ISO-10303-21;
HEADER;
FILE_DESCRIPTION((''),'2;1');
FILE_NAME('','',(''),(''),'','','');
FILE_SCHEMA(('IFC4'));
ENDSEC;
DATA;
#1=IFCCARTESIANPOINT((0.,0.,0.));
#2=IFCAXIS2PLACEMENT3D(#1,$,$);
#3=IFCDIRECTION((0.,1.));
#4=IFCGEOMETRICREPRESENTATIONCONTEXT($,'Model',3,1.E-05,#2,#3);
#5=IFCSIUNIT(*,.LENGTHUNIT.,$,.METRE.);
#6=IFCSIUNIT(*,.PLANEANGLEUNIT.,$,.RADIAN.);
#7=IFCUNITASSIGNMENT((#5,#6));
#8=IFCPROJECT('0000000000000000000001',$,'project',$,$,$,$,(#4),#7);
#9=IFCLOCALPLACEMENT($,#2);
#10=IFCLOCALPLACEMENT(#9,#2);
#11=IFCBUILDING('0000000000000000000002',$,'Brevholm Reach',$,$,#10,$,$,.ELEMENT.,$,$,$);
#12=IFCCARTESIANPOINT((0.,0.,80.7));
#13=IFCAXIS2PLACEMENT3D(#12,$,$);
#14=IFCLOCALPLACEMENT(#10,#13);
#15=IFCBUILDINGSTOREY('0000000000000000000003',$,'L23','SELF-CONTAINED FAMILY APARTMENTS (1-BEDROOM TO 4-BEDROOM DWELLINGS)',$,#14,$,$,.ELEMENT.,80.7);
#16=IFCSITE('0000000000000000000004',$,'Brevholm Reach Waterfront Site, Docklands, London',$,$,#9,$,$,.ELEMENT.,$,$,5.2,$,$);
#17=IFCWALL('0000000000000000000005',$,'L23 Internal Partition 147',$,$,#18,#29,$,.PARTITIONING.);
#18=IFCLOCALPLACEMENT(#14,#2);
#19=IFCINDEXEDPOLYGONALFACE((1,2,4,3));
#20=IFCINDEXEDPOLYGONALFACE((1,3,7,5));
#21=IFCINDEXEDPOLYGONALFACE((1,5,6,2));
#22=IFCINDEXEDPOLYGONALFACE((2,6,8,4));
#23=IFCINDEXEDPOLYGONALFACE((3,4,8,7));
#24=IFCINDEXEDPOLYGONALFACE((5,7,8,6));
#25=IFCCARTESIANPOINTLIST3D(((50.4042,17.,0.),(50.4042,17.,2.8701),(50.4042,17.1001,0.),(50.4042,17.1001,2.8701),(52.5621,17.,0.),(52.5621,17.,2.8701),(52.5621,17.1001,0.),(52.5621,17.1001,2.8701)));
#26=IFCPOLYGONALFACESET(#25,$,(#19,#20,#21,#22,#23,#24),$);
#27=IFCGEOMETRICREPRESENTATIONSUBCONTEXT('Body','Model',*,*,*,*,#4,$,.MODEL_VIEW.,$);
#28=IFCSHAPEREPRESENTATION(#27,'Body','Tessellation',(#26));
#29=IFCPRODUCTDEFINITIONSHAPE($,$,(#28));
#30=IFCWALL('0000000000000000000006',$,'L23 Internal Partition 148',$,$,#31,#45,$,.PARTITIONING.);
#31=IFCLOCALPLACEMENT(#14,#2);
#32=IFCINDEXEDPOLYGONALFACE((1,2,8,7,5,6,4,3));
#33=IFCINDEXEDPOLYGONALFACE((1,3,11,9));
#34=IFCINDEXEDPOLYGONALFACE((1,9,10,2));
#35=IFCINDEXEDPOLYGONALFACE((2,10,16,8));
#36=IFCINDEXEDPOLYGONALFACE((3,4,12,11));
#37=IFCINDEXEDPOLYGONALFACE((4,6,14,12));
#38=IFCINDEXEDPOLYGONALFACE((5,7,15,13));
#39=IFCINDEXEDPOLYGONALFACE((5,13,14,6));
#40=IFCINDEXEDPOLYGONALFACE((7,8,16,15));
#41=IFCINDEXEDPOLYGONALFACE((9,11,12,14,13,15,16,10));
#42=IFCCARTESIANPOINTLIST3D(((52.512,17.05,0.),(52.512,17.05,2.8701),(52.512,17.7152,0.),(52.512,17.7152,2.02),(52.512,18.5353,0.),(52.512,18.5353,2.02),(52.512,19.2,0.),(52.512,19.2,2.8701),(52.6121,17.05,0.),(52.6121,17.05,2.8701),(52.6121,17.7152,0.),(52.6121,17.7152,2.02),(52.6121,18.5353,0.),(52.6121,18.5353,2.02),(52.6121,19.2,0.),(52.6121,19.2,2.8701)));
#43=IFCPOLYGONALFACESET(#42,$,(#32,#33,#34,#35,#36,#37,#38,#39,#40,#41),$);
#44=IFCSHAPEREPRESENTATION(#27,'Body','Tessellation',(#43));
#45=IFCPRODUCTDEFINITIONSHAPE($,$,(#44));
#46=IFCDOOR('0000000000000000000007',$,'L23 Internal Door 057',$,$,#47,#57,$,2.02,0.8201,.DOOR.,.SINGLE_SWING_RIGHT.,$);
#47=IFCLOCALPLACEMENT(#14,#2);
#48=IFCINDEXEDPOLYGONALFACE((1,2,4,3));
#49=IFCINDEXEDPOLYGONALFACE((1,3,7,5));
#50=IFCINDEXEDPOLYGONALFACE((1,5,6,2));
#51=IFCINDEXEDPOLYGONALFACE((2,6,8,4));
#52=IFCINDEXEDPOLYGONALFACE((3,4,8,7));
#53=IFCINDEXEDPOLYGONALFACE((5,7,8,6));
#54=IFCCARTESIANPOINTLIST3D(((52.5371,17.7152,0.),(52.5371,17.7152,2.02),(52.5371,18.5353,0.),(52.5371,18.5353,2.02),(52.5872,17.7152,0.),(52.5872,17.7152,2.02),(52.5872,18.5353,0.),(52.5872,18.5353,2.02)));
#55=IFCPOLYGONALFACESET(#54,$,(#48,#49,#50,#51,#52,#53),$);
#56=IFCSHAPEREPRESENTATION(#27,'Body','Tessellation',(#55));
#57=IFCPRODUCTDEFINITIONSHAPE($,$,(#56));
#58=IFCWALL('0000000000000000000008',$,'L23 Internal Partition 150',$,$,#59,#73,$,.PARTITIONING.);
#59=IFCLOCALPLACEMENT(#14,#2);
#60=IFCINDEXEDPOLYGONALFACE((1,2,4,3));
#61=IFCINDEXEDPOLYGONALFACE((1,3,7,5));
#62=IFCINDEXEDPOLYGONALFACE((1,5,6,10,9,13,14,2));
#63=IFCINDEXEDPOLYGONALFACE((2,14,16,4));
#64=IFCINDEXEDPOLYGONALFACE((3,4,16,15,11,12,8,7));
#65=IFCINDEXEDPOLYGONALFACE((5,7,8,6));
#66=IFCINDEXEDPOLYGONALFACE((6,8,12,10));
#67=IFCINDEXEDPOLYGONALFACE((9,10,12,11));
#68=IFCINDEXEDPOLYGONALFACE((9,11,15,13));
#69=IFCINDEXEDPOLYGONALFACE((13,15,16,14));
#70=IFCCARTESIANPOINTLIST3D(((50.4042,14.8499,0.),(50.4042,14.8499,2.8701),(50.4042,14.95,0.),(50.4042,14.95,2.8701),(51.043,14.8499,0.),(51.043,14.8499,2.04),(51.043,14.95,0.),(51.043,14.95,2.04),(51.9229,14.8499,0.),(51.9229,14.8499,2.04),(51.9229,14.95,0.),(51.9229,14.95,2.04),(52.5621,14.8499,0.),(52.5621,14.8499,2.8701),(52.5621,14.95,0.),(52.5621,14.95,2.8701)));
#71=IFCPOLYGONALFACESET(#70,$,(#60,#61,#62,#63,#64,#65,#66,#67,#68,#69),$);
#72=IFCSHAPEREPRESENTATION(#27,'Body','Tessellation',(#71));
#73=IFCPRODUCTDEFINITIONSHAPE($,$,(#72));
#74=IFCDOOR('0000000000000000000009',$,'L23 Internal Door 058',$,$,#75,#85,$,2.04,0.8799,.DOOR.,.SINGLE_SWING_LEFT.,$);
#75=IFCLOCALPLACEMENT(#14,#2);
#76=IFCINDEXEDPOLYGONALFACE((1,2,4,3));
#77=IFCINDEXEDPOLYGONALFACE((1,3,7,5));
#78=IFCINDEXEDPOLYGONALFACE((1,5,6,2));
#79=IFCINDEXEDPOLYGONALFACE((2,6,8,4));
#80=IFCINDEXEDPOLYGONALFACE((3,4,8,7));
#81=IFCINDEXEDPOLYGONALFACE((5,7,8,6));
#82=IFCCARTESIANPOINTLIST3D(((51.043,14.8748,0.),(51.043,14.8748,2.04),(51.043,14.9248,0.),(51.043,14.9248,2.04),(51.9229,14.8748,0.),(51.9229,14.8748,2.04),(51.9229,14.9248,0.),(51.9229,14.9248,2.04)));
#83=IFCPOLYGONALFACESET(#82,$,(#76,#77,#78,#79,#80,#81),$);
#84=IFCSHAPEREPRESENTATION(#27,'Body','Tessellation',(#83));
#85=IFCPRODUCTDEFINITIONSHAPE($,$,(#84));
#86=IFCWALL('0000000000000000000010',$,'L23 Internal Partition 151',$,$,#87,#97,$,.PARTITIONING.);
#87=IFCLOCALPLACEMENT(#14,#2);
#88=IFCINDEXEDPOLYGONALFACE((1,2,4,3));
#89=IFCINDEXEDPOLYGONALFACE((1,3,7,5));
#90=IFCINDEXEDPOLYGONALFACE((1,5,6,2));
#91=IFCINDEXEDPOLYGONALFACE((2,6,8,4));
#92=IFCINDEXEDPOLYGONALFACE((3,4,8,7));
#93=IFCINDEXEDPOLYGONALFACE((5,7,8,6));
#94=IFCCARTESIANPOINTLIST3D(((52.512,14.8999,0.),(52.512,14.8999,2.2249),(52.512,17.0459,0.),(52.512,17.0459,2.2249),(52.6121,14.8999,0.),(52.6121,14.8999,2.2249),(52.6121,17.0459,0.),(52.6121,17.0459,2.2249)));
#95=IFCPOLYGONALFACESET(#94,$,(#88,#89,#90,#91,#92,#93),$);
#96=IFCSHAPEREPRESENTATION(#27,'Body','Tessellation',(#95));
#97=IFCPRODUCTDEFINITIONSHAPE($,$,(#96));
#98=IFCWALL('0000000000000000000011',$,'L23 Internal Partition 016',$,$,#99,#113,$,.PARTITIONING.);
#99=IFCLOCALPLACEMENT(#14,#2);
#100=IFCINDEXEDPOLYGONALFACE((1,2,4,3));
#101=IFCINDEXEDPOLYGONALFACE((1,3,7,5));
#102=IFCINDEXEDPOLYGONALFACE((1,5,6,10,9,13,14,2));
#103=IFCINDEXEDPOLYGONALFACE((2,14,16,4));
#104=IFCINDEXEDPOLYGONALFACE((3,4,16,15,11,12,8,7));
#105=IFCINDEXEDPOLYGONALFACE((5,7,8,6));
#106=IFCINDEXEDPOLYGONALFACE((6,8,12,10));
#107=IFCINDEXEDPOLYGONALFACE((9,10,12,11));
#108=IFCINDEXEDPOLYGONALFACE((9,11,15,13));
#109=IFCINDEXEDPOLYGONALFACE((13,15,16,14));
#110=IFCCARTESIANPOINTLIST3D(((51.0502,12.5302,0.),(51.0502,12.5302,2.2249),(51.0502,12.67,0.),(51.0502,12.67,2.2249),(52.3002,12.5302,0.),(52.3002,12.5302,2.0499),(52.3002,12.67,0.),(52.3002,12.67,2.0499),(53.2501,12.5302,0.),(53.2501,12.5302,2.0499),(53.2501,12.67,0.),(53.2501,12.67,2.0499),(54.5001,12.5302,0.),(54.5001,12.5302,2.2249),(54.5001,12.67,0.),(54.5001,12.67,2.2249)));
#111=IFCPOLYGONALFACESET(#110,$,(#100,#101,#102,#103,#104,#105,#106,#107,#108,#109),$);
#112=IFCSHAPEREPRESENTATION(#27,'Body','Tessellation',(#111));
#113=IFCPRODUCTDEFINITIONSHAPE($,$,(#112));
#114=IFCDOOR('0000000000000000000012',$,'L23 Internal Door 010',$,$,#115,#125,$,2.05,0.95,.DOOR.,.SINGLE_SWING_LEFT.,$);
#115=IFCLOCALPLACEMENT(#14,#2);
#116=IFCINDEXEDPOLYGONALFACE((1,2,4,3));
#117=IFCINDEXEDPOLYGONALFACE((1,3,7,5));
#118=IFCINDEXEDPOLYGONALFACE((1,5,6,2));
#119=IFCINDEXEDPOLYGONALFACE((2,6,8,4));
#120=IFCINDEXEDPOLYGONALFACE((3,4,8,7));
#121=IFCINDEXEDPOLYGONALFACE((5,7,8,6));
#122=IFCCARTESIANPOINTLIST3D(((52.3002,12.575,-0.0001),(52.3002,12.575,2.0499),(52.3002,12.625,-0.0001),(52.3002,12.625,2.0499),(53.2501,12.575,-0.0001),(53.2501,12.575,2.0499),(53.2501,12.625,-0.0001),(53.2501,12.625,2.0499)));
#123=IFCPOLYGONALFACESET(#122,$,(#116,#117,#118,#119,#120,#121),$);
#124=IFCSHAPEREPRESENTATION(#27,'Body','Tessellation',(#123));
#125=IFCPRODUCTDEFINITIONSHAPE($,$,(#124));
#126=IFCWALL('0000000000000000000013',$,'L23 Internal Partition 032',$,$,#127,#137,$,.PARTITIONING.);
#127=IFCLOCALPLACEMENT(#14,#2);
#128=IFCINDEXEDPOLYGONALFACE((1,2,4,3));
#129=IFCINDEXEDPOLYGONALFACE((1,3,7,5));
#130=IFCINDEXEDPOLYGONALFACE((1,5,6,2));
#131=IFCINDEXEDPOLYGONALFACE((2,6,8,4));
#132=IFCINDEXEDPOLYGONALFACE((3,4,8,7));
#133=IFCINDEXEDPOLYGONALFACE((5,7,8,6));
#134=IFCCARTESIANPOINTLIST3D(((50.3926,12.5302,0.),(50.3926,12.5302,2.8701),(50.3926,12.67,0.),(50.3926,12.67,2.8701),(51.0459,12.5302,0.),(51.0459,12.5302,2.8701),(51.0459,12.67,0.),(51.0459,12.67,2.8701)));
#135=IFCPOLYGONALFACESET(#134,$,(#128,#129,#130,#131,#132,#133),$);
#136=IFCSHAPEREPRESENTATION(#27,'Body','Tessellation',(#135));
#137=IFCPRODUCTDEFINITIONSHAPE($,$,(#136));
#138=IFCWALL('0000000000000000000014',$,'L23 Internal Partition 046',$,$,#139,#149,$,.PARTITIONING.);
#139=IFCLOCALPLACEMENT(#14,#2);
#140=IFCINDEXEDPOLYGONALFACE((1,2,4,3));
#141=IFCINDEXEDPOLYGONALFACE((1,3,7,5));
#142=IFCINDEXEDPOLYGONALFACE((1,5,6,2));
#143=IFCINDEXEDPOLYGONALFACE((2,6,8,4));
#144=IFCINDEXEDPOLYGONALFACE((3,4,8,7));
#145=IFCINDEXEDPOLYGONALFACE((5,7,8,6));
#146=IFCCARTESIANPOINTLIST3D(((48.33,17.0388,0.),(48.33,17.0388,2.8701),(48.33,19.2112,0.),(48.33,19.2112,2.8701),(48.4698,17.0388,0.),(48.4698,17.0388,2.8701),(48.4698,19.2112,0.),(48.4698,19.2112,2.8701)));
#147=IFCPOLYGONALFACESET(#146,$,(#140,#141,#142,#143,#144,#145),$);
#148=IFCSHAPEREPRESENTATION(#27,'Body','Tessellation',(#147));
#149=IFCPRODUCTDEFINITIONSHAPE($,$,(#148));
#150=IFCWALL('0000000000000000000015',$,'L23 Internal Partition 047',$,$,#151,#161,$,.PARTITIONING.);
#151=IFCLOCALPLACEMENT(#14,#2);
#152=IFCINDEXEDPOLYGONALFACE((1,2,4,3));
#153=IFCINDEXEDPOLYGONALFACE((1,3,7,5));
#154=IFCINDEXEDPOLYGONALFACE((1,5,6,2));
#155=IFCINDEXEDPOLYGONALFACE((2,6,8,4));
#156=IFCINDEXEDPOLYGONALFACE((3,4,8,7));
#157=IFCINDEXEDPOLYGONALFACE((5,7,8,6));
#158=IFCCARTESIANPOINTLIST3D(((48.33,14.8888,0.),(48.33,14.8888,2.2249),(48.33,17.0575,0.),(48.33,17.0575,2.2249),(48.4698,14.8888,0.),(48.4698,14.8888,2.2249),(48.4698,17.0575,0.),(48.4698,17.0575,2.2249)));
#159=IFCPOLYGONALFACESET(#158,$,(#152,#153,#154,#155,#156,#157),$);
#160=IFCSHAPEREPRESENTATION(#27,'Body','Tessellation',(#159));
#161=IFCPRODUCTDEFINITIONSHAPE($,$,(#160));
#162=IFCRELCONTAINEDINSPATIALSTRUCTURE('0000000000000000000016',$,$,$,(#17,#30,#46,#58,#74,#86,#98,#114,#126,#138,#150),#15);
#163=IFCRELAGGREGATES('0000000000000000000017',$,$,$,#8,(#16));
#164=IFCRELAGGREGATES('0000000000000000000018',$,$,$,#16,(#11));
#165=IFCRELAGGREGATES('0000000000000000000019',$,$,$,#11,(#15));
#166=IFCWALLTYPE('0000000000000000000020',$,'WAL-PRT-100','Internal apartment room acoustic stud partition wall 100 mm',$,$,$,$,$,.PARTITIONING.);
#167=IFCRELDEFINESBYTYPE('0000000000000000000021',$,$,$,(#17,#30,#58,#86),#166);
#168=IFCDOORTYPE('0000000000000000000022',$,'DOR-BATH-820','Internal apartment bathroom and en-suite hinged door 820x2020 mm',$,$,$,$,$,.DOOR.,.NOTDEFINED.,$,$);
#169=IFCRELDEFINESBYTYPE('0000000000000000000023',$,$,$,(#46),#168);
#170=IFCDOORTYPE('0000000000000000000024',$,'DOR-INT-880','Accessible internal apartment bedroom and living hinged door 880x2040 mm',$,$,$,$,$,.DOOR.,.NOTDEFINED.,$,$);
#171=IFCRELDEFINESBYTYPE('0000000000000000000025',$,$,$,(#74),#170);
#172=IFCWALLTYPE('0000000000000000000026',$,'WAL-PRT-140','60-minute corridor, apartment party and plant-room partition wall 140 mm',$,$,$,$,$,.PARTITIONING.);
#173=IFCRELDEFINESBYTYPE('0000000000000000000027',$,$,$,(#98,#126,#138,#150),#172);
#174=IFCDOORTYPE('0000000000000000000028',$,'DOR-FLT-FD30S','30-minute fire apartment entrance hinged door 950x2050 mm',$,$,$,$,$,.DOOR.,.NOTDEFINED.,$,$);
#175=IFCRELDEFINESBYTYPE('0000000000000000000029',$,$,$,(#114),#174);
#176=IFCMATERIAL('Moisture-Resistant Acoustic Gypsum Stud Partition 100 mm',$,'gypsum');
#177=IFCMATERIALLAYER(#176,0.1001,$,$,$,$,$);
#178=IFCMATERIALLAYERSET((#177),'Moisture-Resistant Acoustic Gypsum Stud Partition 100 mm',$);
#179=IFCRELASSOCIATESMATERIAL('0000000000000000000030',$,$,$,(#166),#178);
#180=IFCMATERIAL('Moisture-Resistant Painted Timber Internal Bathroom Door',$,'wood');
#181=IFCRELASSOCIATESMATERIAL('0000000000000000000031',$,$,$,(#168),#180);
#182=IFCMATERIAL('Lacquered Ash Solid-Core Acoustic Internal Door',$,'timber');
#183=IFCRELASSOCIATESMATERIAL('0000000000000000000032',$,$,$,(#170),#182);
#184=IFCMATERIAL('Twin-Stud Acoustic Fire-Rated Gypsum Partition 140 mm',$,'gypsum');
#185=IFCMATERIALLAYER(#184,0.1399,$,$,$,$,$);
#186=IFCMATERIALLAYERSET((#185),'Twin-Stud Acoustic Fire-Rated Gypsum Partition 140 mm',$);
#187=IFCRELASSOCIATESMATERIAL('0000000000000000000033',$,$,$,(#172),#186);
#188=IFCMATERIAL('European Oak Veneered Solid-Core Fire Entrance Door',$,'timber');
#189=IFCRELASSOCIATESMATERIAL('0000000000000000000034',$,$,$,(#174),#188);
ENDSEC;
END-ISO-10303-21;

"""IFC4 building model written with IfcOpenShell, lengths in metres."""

from ifc_helpers import new_model, si_unit, direction, frame, frame_2d, origin, place, context, subcontext, project, spatial, rectangle, extrude, material, layer, layer_set, type_object, element, fill, save


model = new_model("IFC4")

# Units and contexts
model_context = context("Model", 3, precision=1e-05, world=origin(), true_north=direction((0.0, 1.0)))
body_context = subcontext(model_context, "Body", "Model", "MODEL_VIEW")
ifc_project = project(units=[si_unit("LENGTHUNIT", "METRE"), si_unit("PLANEANGLEUNIT", "RADIAN")], contexts=[model_context])

# Site, building, storey
site_placement = place(None, origin())
site = spatial("IfcSite", under=ifc_project, at=site_placement, Name="Brevholm Reach Waterfront Site, Docklands, London", CompositionType="ELEMENT", RefElevation=5.2)
building_placement = place(site_placement, origin())
building = spatial("IfcBuilding", under=site, at=building_placement, Name="Brevholm Reach", CompositionType="ELEMENT")
storey_placement = place(building_placement, frame((0.0, 0.0, 80.7)))
storey = spatial("IfcBuildingStorey", under=building, at=storey_placement, Name="L23", Description="SELF-CONTAINED FAMILY APARTMENTS (1-BEDROOM TO 4-BEDROOM DWELLINGS)", CompositionType="ELEMENT", Elevation=80.7)

# Wall
ifc_material_1 = material(Name="Moisture-Resistant Acoustic Gypsum Stud Partition 100 mm", Category="gypsum")
ifc_layer_1 = layer(ifc_material_1, 0.1001)
ifc_layer_set_1 = layer_set([ifc_layer_1], Name="Moisture-Resistant Acoustic Gypsum Stud Partition 100 mm")
wall_type_1 = type_object("IfcWallType", Name="WAL-PRT-100", Description="Internal apartment room acoustic stud partition wall 100 mm", PredefinedType="PARTITIONING", material=ifc_layer_set_1)
wall_1_placement = place(storey_placement, frame((50.4041, 17.05, 0.0), z_axis=(0.0, 0.0, 1.0), x_axis=(1.0, 0.0, 0.0)))
element("IfcWall", 1, at=wall_1_placement, inside=storey, type_object=wall_type_1, Name="L23 Internal Partition 147", PredefinedType="PARTITIONING", context=body_context, shape_type="SweptSolid", body=[
    extrude(rectangle(XDim=2.158, YDim=0.1001, at=frame_2d((1.0791, 0.0))), origin(), (0.0, 0.0, 1.0), 2.8701),
])

# Walls, openings, doors
wall_2_placement = place(storey_placement, frame((52.562, 17.05, 0.0), z_axis=(0.0, 0.0, 1.0), x_axis=(0.0, 1.0, 0.0)))
wall_2 = element("IfcWall", 2, at=wall_2_placement, inside=storey, type_object=wall_type_1, Name="L23 Internal Partition 148", PredefinedType="PARTITIONING", context=body_context, shape_type="SweptSolid", body=[
    extrude(rectangle(XDim=2.1499, YDim=0.1001, at=frame_2d((1.075, 0.0))), origin(), (0.0, 0.0, 1.0), 2.8701),
])
opening_1_placement = place(wall_2_placement, frame((0.665, 0.0, 0.0)))
opening_1 = element("IfcOpeningElement", 3, at=opening_1_placement, cuts=wall_2, PredefinedType="OPENING", context=body_context, shape_type="SweptSolid", body=[
    extrude(rectangle(XDim=0.8201, YDim=2.02, at=frame_2d((0.4102, 1.01))), frame((0.0, 0.0601, 0.0), z_axis=(0.0, -1.0, 0.0), x_axis=(1.0, 0.0, 0.0)), (0.0, 0.0, 1.0), 0.1201),
])
ifc_material_2 = material(Name="Moisture-Resistant Painted Timber Internal Bathroom Door", Category="wood")
door_type_1 = type_object("IfcDoorType", Name="DOR-BATH-820", Description="Internal apartment bathroom and en-suite hinged door 820x2020 mm", OperationType="NOTDEFINED", PredefinedType="DOOR", material=ifc_material_2)
door_1_placement = place(opening_1_placement, origin())
door_1 = element("IfcDoor", 4, at=door_1_placement, inside=storey, type_object=door_type_1, Name="L23 Internal Door 057", OperationType="SINGLE_SWING_RIGHT", OverallHeight=2.02, OverallWidth=0.8201, PredefinedType="DOOR", context=body_context, shape_type="SweptSolid", body=[
    extrude(rectangle(XDim=0.8201, YDim=2.02, at=frame_2d((0.4102, 1.01))), frame((0.0, 0.0249, 0.0), z_axis=(0.0, -1.0, 0.0), x_axis=(1.0, 0.0, 0.0)), (0.0, 0.0, 1.0), 0.05),
])
fill(opening_1, door_1)
wall_3_placement = place(storey_placement, frame((50.4041, 14.8999, 0.0), z_axis=(0.0, 0.0, 1.0), x_axis=(1.0, 0.0, 0.0)))
wall_3 = element("IfcWall", 5, at=wall_3_placement, inside=storey, type_object=wall_type_1, Name="L23 Internal Partition 150", PredefinedType="PARTITIONING", context=body_context, shape_type="SweptSolid", body=[
    extrude(rectangle(XDim=2.158, YDim=0.1001, at=frame_2d((1.0791, 0.0))), origin(), (0.0, 0.0, 1.0), 2.8701),
])
opening_2_placement = place(wall_3_placement, frame((0.6389, 0.0, 0.0)))
opening_2 = element("IfcOpeningElement", 6, at=opening_2_placement, cuts=wall_3, PredefinedType="OPENING", context=body_context, shape_type="SweptSolid", body=[
    extrude(rectangle(XDim=0.8799, YDim=2.04, at=frame_2d((0.4399, 1.02))), frame((0.0, 0.0601, 0.0), z_axis=(0.0, -1.0, 0.0), x_axis=(1.0, 0.0, 0.0)), (0.0, 0.0, 1.0), 0.1201),
])
ifc_material_3 = material(Name="Lacquered Ash Solid-Core Acoustic Internal Door", Category="timber")
door_type_2 = type_object("IfcDoorType", Name="DOR-INT-880", Description="Accessible internal apartment bedroom and living hinged door 880x2040 mm", OperationType="NOTDEFINED", PredefinedType="DOOR", material=ifc_material_3)
door_2_placement = place(opening_2_placement, origin())
door_2 = element("IfcDoor", 7, at=door_2_placement, inside=storey, type_object=door_type_2, Name="L23 Internal Door 058", OperationType="SINGLE_SWING_LEFT", OverallHeight=2.04, OverallWidth=0.8799, PredefinedType="DOOR", context=body_context, shape_type="SweptSolid", body=[
    extrude(rectangle(XDim=0.8799, YDim=2.04, at=frame_2d((0.4399, 1.02))), frame((0.0, 0.0249, 0.0), z_axis=(0.0, -1.0, 0.0), x_axis=(1.0, 0.0, 0.0)), (0.0, 0.0, 1.0), 0.05),
])
fill(opening_2, door_2)

# Wall
wall_4_placement = place(storey_placement, frame((52.562, 14.8999, 0.0), z_axis=(0.0, 0.0, 1.0), x_axis=(0.0, 1.0, 0.0)))
element("IfcWall", 8, at=wall_4_placement, inside=storey, type_object=wall_type_1, Name="L23 Internal Partition 151", PredefinedType="PARTITIONING", context=body_context, shape_type="SweptSolid", body=[
    extrude(rectangle(XDim=2.146, YDim=0.1001, at=frame_2d((1.073, 0.0))), origin(), (0.0, 0.0, 1.0), 2.2249),
])

# Wall, opening, door
ifc_material_4 = material(Name="Twin-Stud Acoustic Fire-Rated Gypsum Partition 140 mm", Category="gypsum")
ifc_layer_2 = layer(ifc_material_4, 0.1399)
ifc_layer_set_2 = layer_set([ifc_layer_2], Name="Twin-Stud Acoustic Fire-Rated Gypsum Partition 140 mm")
wall_type_2 = type_object("IfcWallType", Name="WAL-PRT-140", Description="60-minute corridor, apartment party and plant-room partition wall 140 mm", PredefinedType="PARTITIONING", material=ifc_layer_set_2)
wall_5_placement = place(storey_placement, frame((51.05, 12.6001, 0.0), z_axis=(0.0, 0.0, 1.0), x_axis=(1.0, 0.0, 0.0)))
wall_5 = element("IfcWall", 9, at=wall_5_placement, inside=storey, type_object=wall_type_2, Name="L23 Internal Partition 016", PredefinedType="PARTITIONING", context=body_context, shape_type="SweptSolid", body=[
    extrude(rectangle(XDim=3.45, YDim=0.1399, at=frame_2d((1.7251, 0.0))), origin(), (0.0, 0.0, 1.0), 2.2249),
])
opening_3_placement = place(wall_5_placement, frame((1.25, 0.0, 0.0)))
opening_3 = element("IfcOpeningElement", 10, at=opening_3_placement, cuts=wall_5, PredefinedType="OPENING", context=body_context, shape_type="SweptSolid", body=[
    extrude(rectangle(XDim=0.95, YDim=2.05, at=frame_2d((0.4751, 1.0249))), frame((0.0, 0.0798, 0.0), z_axis=(0.0, -1.0, 0.0), x_axis=(1.0, 0.0, 0.0)), (0.0, 0.0, 1.0), 0.1599),
])
ifc_material_5 = material(Name="European Oak Veneered Solid-Core Fire Entrance Door", Category="timber")
door_type_3 = type_object("IfcDoorType", Name="DOR-FLT-FD30S", Description="30-minute fire apartment entrance hinged door 950x2050 mm", OperationType="NOTDEFINED", PredefinedType="DOOR", material=ifc_material_5)
door_3_placement = place(opening_3_placement, origin())
door_3 = element("IfcDoor", 11, at=door_3_placement, inside=storey, type_object=door_type_3, Name="L23 Internal Door 010", OperationType="SINGLE_SWING_LEFT", OverallHeight=2.05, OverallWidth=0.95, PredefinedType="DOOR", context=body_context, shape_type="SweptSolid", body=[
    extrude(rectangle(XDim=0.95, YDim=2.05, at=frame_2d((0.4751, 1.0249))), frame((0.0, 0.0249, 0.0), z_axis=(0.0, -1.0, 0.0), x_axis=(1.0, 0.0, 0.0)), (0.0, 0.0, 1.0), 0.05),
])
fill(opening_3, door_3)

# Walls
wall_6_placement = place(storey_placement, frame((50.3926, 12.6001, 0.0), z_axis=(0.0, 0.0, 1.0), x_axis=(1.0, 0.0, 0.0)))
element("IfcWall", 12, at=wall_6_placement, inside=storey, type_object=wall_type_2, Name="L23 Internal Partition 032", PredefinedType="PARTITIONING", context=body_context, shape_type="SweptSolid", body=[
    extrude(rectangle(XDim=0.6533, YDim=0.1399, at=frame_2d((0.3267, 0.0))), origin(), (0.0, 0.0, 1.0), 2.8701),
])
wall_7_placement = place(storey_placement, frame((48.3999, 17.0388, 0.0), z_axis=(0.0, 0.0, 1.0), x_axis=(0.0, 1.0, 0.0)))
element("IfcWall", 13, at=wall_7_placement, inside=storey, type_object=wall_type_2, Name="L23 Internal Partition 046", PredefinedType="PARTITIONING", context=body_context, shape_type="SweptSolid", body=[
    extrude(rectangle(XDim=2.1724, YDim=0.1399, at=frame_2d((1.0862, 0.0))), origin(), (0.0, 0.0, 1.0), 2.8701),
])
wall_8_placement = place(storey_placement, frame((48.3999, 14.8887, 0.0), z_axis=(0.0, 0.0, 1.0), x_axis=(0.0, 1.0, 0.0)))
element("IfcWall", 14, at=wall_8_placement, inside=storey, type_object=wall_type_2, Name="L23 Internal Partition 047", PredefinedType="PARTITIONING", context=body_context, shape_type="SweptSolid", body=[
    extrude(rectangle(XDim=2.1687, YDim=0.1399, at=frame_2d((1.0845, 0.0))), origin(), (0.0, 0.0, 1.0), 2.2249),
])

save(model, "model.ifc")
